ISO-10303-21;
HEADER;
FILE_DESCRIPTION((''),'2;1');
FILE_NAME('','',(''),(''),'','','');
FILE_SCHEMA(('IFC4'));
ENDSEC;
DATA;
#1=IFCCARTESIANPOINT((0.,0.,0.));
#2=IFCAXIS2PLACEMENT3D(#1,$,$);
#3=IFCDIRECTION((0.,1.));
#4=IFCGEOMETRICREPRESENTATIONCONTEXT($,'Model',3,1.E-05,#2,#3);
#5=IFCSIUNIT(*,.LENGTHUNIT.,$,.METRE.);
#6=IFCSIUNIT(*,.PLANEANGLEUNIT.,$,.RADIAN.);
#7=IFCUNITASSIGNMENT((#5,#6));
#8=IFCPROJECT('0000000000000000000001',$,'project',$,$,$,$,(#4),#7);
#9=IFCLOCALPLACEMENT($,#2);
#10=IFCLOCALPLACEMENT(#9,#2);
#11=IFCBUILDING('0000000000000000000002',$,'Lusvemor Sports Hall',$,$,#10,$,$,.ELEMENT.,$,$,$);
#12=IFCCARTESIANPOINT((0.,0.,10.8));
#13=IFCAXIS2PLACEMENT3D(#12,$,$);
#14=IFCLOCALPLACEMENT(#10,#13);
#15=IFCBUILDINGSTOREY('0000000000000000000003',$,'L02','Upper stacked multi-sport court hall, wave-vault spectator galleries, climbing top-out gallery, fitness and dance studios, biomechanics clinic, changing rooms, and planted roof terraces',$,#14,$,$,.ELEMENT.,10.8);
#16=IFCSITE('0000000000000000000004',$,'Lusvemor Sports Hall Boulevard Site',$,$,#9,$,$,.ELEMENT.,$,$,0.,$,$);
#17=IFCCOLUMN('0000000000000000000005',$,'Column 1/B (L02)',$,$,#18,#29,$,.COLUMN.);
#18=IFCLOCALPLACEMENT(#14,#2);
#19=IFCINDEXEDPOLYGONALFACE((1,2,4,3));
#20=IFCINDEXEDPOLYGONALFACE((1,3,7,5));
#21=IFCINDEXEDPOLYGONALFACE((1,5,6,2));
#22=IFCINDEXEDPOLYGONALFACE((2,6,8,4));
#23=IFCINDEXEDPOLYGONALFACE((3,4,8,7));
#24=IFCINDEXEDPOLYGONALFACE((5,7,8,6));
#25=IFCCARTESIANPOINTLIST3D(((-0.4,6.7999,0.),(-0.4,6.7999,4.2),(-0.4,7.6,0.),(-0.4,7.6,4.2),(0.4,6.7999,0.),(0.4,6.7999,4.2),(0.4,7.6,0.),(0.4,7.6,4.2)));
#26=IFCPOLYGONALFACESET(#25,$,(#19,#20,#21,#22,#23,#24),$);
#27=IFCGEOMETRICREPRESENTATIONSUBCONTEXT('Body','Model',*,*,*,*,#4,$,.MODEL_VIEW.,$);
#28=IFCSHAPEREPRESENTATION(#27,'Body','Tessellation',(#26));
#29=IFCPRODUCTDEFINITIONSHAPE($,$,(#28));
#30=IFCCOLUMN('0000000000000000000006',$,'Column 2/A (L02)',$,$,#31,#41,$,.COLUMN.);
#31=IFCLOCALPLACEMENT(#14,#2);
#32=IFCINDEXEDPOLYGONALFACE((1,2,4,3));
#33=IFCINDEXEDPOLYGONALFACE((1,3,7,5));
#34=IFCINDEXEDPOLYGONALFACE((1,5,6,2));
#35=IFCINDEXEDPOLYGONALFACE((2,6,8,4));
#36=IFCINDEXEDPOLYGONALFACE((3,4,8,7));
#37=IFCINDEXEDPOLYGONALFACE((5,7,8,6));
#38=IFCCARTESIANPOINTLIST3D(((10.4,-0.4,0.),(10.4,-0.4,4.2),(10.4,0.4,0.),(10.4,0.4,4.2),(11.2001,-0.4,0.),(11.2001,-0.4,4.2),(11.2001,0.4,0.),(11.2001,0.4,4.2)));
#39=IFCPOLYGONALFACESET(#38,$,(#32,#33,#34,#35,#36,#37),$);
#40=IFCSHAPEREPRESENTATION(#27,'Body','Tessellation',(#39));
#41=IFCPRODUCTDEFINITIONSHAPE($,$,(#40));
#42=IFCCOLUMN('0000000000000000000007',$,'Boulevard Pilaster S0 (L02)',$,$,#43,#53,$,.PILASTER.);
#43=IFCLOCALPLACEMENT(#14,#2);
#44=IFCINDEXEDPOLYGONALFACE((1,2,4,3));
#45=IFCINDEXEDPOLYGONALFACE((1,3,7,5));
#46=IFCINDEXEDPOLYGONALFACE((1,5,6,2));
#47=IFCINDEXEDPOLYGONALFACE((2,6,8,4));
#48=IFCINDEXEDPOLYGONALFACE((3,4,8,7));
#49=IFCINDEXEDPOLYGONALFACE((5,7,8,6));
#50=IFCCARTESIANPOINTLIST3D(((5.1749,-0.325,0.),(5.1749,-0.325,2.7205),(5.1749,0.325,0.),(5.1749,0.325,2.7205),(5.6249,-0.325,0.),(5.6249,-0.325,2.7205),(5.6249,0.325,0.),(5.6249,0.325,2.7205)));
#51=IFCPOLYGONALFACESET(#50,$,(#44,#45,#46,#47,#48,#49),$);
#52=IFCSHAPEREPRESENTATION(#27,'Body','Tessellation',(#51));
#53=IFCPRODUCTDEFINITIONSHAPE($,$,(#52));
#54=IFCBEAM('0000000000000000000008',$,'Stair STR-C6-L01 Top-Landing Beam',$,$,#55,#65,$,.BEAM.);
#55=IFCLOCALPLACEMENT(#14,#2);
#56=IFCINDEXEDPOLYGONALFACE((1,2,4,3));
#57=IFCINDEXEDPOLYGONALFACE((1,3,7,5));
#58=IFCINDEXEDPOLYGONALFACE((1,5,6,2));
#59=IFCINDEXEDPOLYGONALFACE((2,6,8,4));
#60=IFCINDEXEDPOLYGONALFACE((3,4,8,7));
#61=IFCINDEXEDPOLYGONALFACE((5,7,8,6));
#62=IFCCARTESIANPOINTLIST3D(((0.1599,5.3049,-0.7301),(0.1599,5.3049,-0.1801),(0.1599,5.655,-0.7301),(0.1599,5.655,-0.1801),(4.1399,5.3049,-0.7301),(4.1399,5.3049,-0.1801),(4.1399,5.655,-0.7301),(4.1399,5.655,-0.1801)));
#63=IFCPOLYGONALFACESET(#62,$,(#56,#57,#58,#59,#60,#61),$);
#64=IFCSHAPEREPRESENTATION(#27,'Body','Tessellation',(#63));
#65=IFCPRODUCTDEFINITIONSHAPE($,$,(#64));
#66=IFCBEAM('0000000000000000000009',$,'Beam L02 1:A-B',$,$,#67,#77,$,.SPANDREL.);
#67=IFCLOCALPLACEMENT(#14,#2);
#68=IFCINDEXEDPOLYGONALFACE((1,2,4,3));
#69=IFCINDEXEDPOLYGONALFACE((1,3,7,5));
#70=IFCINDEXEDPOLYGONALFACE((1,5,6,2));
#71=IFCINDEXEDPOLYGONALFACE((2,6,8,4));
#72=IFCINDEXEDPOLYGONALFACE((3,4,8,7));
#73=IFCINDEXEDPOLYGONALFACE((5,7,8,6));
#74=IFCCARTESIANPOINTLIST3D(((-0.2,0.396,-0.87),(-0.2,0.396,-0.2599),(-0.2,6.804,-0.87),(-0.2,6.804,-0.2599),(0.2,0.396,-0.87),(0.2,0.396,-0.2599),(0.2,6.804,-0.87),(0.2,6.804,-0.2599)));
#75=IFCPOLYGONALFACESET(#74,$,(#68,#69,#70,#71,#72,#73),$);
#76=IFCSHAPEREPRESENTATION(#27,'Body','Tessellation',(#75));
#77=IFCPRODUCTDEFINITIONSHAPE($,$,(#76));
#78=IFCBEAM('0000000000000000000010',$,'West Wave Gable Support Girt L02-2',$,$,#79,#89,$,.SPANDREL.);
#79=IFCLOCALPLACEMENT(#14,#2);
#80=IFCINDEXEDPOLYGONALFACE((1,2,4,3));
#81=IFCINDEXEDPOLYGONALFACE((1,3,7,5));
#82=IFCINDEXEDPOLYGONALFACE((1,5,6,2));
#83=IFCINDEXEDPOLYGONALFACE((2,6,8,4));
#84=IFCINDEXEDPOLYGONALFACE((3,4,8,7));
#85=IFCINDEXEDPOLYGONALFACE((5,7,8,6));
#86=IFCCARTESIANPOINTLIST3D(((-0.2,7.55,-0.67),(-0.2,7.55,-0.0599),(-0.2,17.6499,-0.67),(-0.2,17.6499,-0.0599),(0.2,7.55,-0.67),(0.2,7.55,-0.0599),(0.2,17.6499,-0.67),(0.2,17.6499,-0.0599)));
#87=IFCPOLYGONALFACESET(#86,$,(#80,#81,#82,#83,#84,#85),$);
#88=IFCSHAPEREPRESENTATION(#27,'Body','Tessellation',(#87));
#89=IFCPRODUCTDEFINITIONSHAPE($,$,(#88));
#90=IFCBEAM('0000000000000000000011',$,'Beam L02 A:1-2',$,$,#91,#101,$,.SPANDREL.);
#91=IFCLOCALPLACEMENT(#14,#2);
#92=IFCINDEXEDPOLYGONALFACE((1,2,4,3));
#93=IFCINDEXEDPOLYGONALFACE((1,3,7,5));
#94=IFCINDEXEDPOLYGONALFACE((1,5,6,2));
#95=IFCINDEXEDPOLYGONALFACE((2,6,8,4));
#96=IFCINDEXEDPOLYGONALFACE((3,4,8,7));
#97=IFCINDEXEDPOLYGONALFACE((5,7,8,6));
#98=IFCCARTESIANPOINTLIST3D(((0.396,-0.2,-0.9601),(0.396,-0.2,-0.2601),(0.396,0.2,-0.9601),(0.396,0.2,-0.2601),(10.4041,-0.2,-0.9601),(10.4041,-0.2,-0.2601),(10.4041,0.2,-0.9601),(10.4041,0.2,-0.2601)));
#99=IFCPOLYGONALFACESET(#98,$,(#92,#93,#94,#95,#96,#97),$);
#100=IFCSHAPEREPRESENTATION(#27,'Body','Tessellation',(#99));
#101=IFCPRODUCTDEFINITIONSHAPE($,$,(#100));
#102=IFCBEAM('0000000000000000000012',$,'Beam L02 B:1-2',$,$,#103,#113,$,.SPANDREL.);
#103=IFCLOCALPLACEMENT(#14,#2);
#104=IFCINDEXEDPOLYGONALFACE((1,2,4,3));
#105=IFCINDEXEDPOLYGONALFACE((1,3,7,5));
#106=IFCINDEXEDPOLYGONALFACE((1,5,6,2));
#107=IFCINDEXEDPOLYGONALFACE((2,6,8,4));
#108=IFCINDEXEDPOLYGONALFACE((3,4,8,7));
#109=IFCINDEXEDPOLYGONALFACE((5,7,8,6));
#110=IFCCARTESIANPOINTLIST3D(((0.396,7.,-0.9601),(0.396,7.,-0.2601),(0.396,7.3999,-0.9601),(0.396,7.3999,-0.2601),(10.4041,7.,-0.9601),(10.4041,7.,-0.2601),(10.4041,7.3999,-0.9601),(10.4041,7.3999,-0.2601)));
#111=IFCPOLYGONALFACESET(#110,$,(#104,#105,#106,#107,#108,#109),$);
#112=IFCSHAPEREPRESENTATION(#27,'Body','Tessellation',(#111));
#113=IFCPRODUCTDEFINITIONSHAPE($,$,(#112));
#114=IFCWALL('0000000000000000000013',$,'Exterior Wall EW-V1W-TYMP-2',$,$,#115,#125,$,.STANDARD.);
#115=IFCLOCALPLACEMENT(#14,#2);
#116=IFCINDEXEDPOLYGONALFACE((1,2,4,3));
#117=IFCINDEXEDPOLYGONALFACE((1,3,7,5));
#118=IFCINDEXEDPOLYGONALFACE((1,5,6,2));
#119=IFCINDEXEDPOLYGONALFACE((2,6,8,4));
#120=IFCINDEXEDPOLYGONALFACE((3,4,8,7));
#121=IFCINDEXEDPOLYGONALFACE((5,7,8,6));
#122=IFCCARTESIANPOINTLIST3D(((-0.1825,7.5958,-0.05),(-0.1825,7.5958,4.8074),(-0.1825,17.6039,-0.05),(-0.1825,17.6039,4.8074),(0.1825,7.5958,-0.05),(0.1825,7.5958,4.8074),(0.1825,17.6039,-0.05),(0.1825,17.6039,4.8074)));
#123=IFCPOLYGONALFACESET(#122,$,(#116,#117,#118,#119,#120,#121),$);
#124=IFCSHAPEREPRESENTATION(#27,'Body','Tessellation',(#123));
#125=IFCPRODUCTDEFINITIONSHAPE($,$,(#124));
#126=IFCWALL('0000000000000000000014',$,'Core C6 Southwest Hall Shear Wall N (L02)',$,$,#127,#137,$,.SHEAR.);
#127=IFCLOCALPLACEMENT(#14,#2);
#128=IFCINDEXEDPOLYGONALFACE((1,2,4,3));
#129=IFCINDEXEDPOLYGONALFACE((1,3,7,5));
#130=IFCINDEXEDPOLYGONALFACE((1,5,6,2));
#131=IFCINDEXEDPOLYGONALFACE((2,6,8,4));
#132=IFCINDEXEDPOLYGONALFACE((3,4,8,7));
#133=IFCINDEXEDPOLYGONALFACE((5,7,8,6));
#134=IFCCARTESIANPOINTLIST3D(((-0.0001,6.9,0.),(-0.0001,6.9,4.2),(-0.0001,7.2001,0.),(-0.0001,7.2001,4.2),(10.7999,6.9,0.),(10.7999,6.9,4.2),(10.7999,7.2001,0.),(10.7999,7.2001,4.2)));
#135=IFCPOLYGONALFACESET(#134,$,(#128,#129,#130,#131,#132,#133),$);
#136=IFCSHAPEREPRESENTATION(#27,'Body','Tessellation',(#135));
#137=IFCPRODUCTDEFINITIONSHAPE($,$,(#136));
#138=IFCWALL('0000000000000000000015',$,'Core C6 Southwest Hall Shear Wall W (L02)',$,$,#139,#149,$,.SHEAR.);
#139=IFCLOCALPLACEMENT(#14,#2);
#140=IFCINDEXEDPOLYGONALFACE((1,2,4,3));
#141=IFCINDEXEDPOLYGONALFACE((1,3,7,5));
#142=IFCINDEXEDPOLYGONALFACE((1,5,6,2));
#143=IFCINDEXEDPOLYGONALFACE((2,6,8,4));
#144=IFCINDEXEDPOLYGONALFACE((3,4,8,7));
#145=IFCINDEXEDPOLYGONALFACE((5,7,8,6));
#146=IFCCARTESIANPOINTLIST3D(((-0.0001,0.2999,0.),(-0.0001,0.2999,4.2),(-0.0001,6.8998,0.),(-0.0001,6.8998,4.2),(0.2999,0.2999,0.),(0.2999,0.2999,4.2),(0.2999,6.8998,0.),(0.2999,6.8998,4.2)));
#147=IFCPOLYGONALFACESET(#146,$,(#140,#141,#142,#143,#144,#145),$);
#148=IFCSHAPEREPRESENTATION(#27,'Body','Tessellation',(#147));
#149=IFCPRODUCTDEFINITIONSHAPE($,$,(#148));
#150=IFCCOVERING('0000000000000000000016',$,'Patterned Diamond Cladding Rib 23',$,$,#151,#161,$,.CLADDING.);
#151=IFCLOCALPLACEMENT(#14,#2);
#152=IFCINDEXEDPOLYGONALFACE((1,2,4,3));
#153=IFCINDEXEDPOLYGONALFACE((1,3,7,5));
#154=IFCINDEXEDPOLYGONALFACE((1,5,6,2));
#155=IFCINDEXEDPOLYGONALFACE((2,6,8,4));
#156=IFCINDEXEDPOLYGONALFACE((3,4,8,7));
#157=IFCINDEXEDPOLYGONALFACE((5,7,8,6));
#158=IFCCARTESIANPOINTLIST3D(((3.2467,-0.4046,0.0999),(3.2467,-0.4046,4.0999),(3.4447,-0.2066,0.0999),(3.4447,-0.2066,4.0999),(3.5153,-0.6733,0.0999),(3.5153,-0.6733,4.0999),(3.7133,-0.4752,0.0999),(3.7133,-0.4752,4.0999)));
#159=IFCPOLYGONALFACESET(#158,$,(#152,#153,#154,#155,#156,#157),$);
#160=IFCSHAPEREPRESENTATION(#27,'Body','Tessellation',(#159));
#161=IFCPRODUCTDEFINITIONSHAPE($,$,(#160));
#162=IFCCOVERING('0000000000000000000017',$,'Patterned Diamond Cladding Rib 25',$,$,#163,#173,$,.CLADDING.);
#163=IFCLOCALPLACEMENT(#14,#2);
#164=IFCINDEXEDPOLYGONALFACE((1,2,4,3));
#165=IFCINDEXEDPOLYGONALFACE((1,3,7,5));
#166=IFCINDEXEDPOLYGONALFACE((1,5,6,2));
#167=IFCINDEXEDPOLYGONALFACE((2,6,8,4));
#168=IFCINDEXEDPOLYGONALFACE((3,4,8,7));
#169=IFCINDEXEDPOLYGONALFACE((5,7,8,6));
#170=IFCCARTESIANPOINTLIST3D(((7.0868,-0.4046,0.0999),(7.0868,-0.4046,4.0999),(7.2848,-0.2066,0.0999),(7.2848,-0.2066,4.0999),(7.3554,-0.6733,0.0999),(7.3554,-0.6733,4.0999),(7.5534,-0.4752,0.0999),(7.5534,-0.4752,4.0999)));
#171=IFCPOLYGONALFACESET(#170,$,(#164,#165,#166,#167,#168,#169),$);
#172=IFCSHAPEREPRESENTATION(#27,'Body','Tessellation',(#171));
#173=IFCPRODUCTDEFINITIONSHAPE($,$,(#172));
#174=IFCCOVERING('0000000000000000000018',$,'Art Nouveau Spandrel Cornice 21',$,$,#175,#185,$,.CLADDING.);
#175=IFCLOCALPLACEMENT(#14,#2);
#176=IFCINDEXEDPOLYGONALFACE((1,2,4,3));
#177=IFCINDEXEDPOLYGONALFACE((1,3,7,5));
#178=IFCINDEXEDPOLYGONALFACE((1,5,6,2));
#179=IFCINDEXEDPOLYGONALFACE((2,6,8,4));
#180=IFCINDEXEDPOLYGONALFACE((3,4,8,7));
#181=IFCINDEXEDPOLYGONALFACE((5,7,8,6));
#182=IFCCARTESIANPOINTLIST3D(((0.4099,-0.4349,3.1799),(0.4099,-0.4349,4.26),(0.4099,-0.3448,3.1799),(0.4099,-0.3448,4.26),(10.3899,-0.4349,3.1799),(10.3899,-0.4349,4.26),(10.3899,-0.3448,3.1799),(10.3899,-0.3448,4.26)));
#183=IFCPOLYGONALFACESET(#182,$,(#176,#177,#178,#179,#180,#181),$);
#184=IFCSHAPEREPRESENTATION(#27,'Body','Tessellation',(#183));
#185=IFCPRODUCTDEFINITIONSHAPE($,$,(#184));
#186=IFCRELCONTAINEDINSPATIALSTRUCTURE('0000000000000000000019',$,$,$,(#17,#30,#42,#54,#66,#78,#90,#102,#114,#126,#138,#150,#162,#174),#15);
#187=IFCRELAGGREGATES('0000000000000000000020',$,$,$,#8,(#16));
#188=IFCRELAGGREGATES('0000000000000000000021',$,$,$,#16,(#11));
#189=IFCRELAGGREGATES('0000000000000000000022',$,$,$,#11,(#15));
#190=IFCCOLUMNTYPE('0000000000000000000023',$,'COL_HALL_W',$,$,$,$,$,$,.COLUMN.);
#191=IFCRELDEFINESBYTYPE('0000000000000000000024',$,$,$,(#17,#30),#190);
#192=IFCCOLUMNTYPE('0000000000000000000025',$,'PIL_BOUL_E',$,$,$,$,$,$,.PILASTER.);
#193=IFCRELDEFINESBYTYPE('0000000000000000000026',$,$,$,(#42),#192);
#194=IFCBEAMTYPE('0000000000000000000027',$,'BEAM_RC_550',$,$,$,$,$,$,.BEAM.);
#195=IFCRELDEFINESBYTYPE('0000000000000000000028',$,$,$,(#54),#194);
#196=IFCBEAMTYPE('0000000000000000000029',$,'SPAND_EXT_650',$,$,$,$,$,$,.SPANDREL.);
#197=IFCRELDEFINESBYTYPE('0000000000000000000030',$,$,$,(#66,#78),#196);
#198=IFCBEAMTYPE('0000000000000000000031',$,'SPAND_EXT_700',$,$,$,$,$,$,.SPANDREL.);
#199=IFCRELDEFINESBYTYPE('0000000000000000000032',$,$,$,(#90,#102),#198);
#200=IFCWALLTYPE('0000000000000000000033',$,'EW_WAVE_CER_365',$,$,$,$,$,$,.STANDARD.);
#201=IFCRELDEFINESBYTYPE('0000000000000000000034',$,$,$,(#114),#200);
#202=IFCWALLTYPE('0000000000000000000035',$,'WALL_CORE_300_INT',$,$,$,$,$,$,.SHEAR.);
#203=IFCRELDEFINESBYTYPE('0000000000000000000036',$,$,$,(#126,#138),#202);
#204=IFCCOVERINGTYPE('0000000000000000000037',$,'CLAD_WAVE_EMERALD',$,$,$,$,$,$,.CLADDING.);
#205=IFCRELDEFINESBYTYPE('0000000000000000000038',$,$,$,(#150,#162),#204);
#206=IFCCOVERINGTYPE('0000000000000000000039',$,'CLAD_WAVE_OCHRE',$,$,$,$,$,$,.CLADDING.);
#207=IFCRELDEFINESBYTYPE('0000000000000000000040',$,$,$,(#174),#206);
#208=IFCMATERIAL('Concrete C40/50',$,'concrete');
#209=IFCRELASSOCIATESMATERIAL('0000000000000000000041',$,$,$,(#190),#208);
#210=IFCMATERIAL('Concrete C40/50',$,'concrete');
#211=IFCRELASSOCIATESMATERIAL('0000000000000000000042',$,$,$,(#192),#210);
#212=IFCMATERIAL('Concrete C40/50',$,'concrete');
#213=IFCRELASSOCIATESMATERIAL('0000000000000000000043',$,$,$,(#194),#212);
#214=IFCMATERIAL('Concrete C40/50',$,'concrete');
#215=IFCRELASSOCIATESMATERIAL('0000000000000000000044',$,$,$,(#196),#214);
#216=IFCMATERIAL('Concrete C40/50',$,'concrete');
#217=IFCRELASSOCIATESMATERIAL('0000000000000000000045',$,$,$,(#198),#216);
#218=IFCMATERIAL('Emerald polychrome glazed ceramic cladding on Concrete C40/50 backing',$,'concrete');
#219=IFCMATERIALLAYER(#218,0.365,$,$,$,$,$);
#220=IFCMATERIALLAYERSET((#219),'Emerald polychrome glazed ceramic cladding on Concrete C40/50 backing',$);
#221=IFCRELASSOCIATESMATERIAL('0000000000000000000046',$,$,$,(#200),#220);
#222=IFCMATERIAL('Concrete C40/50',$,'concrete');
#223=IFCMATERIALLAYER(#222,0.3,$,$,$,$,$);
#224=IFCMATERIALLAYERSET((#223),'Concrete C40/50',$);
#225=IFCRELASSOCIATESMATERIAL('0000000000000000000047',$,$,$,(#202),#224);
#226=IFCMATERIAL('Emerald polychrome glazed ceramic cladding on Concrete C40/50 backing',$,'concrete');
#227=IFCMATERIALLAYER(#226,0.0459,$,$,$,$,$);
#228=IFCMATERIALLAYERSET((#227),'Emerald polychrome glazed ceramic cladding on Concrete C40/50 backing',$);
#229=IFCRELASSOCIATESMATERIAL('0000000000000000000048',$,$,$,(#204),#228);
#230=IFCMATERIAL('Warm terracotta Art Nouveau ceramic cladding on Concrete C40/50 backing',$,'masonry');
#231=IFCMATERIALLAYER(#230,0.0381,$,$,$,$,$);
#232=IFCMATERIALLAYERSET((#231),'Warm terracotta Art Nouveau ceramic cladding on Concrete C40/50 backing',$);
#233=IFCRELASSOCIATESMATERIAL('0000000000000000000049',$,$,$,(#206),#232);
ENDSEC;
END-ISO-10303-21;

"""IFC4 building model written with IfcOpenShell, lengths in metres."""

from ifc_helpers import new_model, si_unit, direction, frame, frame_2d, origin, origin_2d, place, context, subcontext, project, spatial, rectangle, extrude, material, layer, layer_set, material_profile, profile_set, type_object, element, save


model = new_model("IFC4")

# Units and contexts
model_context = context("Model", 3, precision=1e-05, world=origin(), true_north=direction((0.0, 1.0)))
body_context = subcontext(model_context, "Body", "Model", "MODEL_VIEW")
ifc_project = project(units=[si_unit("LENGTHUNIT", "METRE"), si_unit("PLANEANGLEUNIT", "RADIAN")], contexts=[model_context])

# Site, building, storey
site_placement = place(None, origin())
site = spatial("IfcSite", under=ifc_project, at=site_placement, Name="Lusvemor Sports Hall Boulevard Site", CompositionType="ELEMENT", RefElevation=0.0)
building_placement = place(site_placement, origin())
building = spatial("IfcBuilding", under=site, at=building_placement, Name="Lusvemor Sports Hall", CompositionType="ELEMENT")
storey_placement = place(building_placement, frame((0.0, 0.0, 10.8)))
storey = spatial("IfcBuildingStorey", under=building, at=storey_placement, Name="L02", Description="Upper stacked multi-sport court hall, wave-vault spectator galleries, climbing top-out gallery, fitness and dance studios, biomechanics clinic, changing rooms, and planted roof terraces", CompositionType="ELEMENT", Elevation=10.8)

# Columns
ifc_material_1 = material(Name="Concrete C40/50", Category="concrete")
ifc_material_profile_1 = material_profile(ifc_material_1, rectangle(XDim=0.8, YDim=0.8, at=origin_2d()), Name="RC800x800")
ifc_profile_set_1 = profile_set([ifc_material_profile_1], Name="Concrete C40/50")
column_type_1 = type_object("IfcColumnType", Name="COL_HALL_W", PredefinedType="COLUMN", material=ifc_profile_set_1)
for number, where, z_axis, x_axis, name in (
    (1, (0.0, 7.2, 0.0), (0.0, 0.0, 1.0), (1.0, 0.0, 0.0), "Column 1/B (L02)"),
    (2, (10.8, 0.0, 0.0), (0.0, 0.0, 1.0), (1.0, 0.0, 0.0), "Column 2/A (L02)"),
):
    element("IfcColumn", number, at=place(storey_placement, frame(where, z_axis=z_axis, x_axis=x_axis)), inside=storey, type_object=column_type_1, Name=name, PredefinedType="COLUMN", context=body_context, shape_type="SweptSolid", body=[
        extrude(rectangle(XDim=0.8, YDim=0.8, at=origin_2d()), origin(), (0.0, 0.0, 1.0), 4.2),
    ])
ifc_material_2 = material(Name="Concrete C40/50", Category="concrete")
ifc_material_profile_2 = material_profile(ifc_material_2, rectangle(XDim=0.45, YDim=0.6499, at=origin_2d()), Name="RC450x650")
ifc_profile_set_2 = profile_set([ifc_material_profile_2], Name="Concrete C40/50")
column_type_2 = type_object("IfcColumnType", Name="PIL_BOUL_E", PredefinedType="PILASTER", material=ifc_profile_set_2)
column_placement = place(storey_placement, frame((5.3999, 0.0, 0.0), z_axis=(0.0, 0.0, 1.0), x_axis=(1.0, 0.0, 0.0)))
element("IfcColumn", 3, at=column_placement, inside=storey, type_object=column_type_2, Name="Boulevard Pilaster S0 (L02)", PredefinedType="PILASTER", context=body_context, shape_type="SweptSolid", body=[
    extrude(rectangle(XDim=0.45, YDim=0.6499, at=origin_2d()), origin(), (0.0, 0.0, 1.0), 2.7205),
])

# Beams
ifc_material_3 = material(Name="Concrete C40/50", Category="concrete")
ifc_material_profile_3 = material_profile(ifc_material_3, rectangle(XDim=0.3501, YDim=0.55, at=origin_2d()), Name="RC350x550")
ifc_profile_set_3 = profile_set([ifc_material_profile_3], Name="Concrete C40/50")
beam_type_1 = type_object("IfcBeamType", Name="BEAM_RC_550", PredefinedType="BEAM", material=ifc_profile_set_3)
beam_1_placement = place(storey_placement, frame((0.1599, 5.48, -0.4551), z_axis=(1.0, 0.0, 0.0), x_axis=(0.0, 1.0, 0.0)))
element("IfcBeam", 4, at=beam_1_placement, inside=storey, type_object=beam_type_1, Name="Stair STR-C6-L01 Top-Landing Beam", PredefinedType="BEAM", context=body_context, shape_type="SweptSolid", body=[
    extrude(rectangle(XDim=0.3501, YDim=0.55, at=origin_2d()), origin(), (0.0, 0.0, 1.0), 3.98),
])
ifc_material_4 = material(Name="Concrete C40/50", Category="concrete")
ifc_material_profile_4 = material_profile(ifc_material_4, rectangle(XDim=0.3999, YDim=0.6101, at=origin_2d()), Name="RC400x610")
ifc_profile_set_4 = profile_set([ifc_material_profile_4], Name="Concrete C40/50")
beam_type_2 = type_object("IfcBeamType", Name="SPAND_EXT_650", PredefinedType="SPANDREL", material=ifc_profile_set_4)
beam_2_placement = place(storey_placement, frame((0.0, 0.396, -0.5649), z_axis=(0.0, 1.0, 0.0), x_axis=(-1.0, 0.0, 0.0)))
element("IfcBeam", 5, at=beam_2_placement, inside=storey, type_object=beam_type_2, Name="Beam L02 1:A-B", PredefinedType="SPANDREL", context=body_context, shape_type="SweptSolid", body=[
    extrude(rectangle(XDim=0.3999, YDim=0.6101, at=origin_2d()), origin(), (0.0, 0.0, 1.0), 6.408),
])
beam_3_placement = place(storey_placement, frame((0.0, 7.55, -0.365), z_axis=(0.0, 1.0, 0.0), x_axis=(-1.0, 0.0, 0.0)))
element("IfcBeam", 6, at=beam_3_placement, inside=storey, type_object=beam_type_2, Name="West Wave Gable Support Girt L02-2", PredefinedType="SPANDREL", context=body_context, shape_type="SweptSolid", body=[
    extrude(rectangle(XDim=0.3999, YDim=0.6101, at=origin_2d()), origin(), (0.0, 0.0, 1.0), 10.0999),
])
ifc_material_5 = material(Name="Concrete C40/50", Category="concrete")
ifc_material_profile_5 = material_profile(ifc_material_5, rectangle(XDim=0.3999, YDim=0.7, at=origin_2d()), Name="RC400x700")
ifc_profile_set_5 = profile_set([ifc_material_profile_5], Name="Concrete C40/50")
beam_type_3 = type_object("IfcBeamType", Name="SPAND_EXT_700", PredefinedType="SPANDREL", material=ifc_profile_set_5)
for number, where, z_axis, x_axis, name in (
    (7, (0.396, 0.0, -0.6101), (1.0, 0.0, 0.0), (0.0, 1.0, 0.0), "Beam L02 A:1-2"),
    (8, (0.396, 7.2, -0.6101), (1.0, 0.0, 0.0), (0.0, 1.0, 0.0), "Beam L02 B:1-2"),
):
    element("IfcBeam", number, at=place(storey_placement, frame(where, z_axis=z_axis, x_axis=x_axis)), inside=storey, type_object=beam_type_3, Name=name, PredefinedType="SPANDREL", context=body_context, shape_type="SweptSolid", body=[
        extrude(rectangle(XDim=0.3999, YDim=0.7, at=origin_2d()), origin(), (0.0, 0.0, 1.0), 10.0081),
    ])

# Walls
ifc_material_6 = material(Name="Emerald polychrome glazed ceramic cladding on Concrete C40/50 backing", Category="concrete")
ifc_layer_1 = layer(ifc_material_6, 0.365)
ifc_layer_set_1 = layer_set([ifc_layer_1], Name="Emerald polychrome glazed ceramic cladding on Concrete C40/50 backing")
wall_type_1 = type_object("IfcWallType", Name="EW_WAVE_CER_365", PredefinedType="STANDARD", material=ifc_layer_set_1)
wall_1_placement = place(storey_placement, frame((0.0, 7.5959, -0.05), z_axis=(0.0, 0.0, 1.0), x_axis=(0.0, 1.0, 0.0)))
element("IfcWall", 9, at=wall_1_placement, inside=storey, type_object=wall_type_1, Name="Exterior Wall EW-V1W-TYMP-2", PredefinedType="STANDARD", context=body_context, shape_type="SweptSolid", body=[
    extrude(rectangle(XDim=10.0081, YDim=0.365, at=frame_2d((5.0039, 0.0))), origin(), (0.0, 0.0, 1.0), 4.8574),
])
ifc_material_7 = material(Name="Concrete C40/50", Category="concrete")
ifc_layer_2 = layer(ifc_material_7, 0.3)
ifc_layer_set_2 = layer_set([ifc_layer_2], Name="Concrete C40/50")
wall_type_2 = type_object("IfcWallType", Name="WALL_CORE_300_INT", PredefinedType="SHEAR", material=ifc_layer_set_2)
wall_2_placement = place(storey_placement, frame((0.0, 7.05, 0.0), z_axis=(0.0, 0.0, 1.0), x_axis=(1.0, 0.0, 0.0)))
element("IfcWall", 10, at=wall_2_placement, inside=storey, type_object=wall_type_2, Name="Core C6 Southwest Hall Shear Wall N (L02)", PredefinedType="SHEAR", context=body_context, shape_type="SweptSolid", body=[
    extrude(rectangle(XDim=10.8, YDim=0.3, at=frame_2d((5.3999, 0.0))), origin(), (0.0, 0.0, 1.0), 4.2),
])
wall_3_placement = place(storey_placement, frame((0.1499, 0.3, 0.0), z_axis=(0.0, 0.0, 1.0), x_axis=(0.0, 1.0, 0.0)))
element("IfcWall", 11, at=wall_3_placement, inside=storey, type_object=wall_type_2, Name="Core C6 Southwest Hall Shear Wall W (L02)", PredefinedType="SHEAR", context=body_context, shape_type="SweptSolid", body=[
    extrude(rectangle(XDim=6.5999, YDim=0.3, at=frame_2d((3.2998, 0.0))), origin(), (0.0, 0.0, 1.0), 4.2),
])

# Coverings
ifc_material_8 = material(Name="Emerald polychrome glazed ceramic cladding on Concrete C40/50 backing", Category="concrete")
ifc_layer_3 = layer(ifc_material_8, 0.0459)
ifc_layer_set_3 = layer_set([ifc_layer_3], Name="Emerald polychrome glazed ceramic cladding on Concrete C40/50 backing")
covering_type_1 = type_object("IfcCoveringType", Name="CLAD_WAVE_EMERALD", PredefinedType="CLADDING", material=ifc_layer_set_3)
for number, where, z_axis, x_axis, name in (
    (12, (3.48, -0.4399, 0.0999), (0.0, 0.0, 1.0), (0.707107, 0.707107, 0.0), "Patterned Diamond Cladding Rib 23"),
    (13, (7.3201, -0.4399, 0.0999), (0.0, 0.0, 1.0), (0.707107, 0.707107, 0.0), "Patterned Diamond Cladding Rib 25"),
):
    element("IfcCovering", number, at=place(storey_placement, frame(where, z_axis=z_axis, x_axis=x_axis)), inside=storey, type_object=covering_type_1, Name=name, PredefinedType="CLADDING", context=body_context, shape_type="SweptSolid", body=[
        extrude(rectangle(XDim=0.28, YDim=0.3799, at=origin_2d()), origin(), (0.0, 0.0, 1.0), 4.0),
    ])
ifc_material_9 = material(Name="Warm terracotta Art Nouveau ceramic cladding on Concrete C40/50 backing", Category="masonry")
ifc_layer_4 = layer(ifc_material_9, 0.0381)
ifc_layer_set_4 = layer_set([ifc_layer_4], Name="Warm terracotta Art Nouveau ceramic cladding on Concrete C40/50 backing")
covering_type_2 = type_object("IfcCoveringType", Name="CLAD_WAVE_OCHRE", PredefinedType="CLADDING", material=ifc_layer_set_4)
covering_1_placement = place(storey_placement, frame((5.3999, -0.3899, 3.1799), z_axis=(0.0, 0.0, 1.0), x_axis=(1.0, 0.0, 0.0)))
element("IfcCovering", 14, at=covering_1_placement, inside=storey, type_object=covering_type_2, Name="Art Nouveau Spandrel Cornice 21", PredefinedType="CLADDING", context=body_context, shape_type="SweptSolid", body=[
    extrude(rectangle(XDim=9.98, YDim=0.0901, at=origin_2d()), origin(), (0.0, 0.0, 1.0), 1.0801),
])

save(model, "model.ifc")
